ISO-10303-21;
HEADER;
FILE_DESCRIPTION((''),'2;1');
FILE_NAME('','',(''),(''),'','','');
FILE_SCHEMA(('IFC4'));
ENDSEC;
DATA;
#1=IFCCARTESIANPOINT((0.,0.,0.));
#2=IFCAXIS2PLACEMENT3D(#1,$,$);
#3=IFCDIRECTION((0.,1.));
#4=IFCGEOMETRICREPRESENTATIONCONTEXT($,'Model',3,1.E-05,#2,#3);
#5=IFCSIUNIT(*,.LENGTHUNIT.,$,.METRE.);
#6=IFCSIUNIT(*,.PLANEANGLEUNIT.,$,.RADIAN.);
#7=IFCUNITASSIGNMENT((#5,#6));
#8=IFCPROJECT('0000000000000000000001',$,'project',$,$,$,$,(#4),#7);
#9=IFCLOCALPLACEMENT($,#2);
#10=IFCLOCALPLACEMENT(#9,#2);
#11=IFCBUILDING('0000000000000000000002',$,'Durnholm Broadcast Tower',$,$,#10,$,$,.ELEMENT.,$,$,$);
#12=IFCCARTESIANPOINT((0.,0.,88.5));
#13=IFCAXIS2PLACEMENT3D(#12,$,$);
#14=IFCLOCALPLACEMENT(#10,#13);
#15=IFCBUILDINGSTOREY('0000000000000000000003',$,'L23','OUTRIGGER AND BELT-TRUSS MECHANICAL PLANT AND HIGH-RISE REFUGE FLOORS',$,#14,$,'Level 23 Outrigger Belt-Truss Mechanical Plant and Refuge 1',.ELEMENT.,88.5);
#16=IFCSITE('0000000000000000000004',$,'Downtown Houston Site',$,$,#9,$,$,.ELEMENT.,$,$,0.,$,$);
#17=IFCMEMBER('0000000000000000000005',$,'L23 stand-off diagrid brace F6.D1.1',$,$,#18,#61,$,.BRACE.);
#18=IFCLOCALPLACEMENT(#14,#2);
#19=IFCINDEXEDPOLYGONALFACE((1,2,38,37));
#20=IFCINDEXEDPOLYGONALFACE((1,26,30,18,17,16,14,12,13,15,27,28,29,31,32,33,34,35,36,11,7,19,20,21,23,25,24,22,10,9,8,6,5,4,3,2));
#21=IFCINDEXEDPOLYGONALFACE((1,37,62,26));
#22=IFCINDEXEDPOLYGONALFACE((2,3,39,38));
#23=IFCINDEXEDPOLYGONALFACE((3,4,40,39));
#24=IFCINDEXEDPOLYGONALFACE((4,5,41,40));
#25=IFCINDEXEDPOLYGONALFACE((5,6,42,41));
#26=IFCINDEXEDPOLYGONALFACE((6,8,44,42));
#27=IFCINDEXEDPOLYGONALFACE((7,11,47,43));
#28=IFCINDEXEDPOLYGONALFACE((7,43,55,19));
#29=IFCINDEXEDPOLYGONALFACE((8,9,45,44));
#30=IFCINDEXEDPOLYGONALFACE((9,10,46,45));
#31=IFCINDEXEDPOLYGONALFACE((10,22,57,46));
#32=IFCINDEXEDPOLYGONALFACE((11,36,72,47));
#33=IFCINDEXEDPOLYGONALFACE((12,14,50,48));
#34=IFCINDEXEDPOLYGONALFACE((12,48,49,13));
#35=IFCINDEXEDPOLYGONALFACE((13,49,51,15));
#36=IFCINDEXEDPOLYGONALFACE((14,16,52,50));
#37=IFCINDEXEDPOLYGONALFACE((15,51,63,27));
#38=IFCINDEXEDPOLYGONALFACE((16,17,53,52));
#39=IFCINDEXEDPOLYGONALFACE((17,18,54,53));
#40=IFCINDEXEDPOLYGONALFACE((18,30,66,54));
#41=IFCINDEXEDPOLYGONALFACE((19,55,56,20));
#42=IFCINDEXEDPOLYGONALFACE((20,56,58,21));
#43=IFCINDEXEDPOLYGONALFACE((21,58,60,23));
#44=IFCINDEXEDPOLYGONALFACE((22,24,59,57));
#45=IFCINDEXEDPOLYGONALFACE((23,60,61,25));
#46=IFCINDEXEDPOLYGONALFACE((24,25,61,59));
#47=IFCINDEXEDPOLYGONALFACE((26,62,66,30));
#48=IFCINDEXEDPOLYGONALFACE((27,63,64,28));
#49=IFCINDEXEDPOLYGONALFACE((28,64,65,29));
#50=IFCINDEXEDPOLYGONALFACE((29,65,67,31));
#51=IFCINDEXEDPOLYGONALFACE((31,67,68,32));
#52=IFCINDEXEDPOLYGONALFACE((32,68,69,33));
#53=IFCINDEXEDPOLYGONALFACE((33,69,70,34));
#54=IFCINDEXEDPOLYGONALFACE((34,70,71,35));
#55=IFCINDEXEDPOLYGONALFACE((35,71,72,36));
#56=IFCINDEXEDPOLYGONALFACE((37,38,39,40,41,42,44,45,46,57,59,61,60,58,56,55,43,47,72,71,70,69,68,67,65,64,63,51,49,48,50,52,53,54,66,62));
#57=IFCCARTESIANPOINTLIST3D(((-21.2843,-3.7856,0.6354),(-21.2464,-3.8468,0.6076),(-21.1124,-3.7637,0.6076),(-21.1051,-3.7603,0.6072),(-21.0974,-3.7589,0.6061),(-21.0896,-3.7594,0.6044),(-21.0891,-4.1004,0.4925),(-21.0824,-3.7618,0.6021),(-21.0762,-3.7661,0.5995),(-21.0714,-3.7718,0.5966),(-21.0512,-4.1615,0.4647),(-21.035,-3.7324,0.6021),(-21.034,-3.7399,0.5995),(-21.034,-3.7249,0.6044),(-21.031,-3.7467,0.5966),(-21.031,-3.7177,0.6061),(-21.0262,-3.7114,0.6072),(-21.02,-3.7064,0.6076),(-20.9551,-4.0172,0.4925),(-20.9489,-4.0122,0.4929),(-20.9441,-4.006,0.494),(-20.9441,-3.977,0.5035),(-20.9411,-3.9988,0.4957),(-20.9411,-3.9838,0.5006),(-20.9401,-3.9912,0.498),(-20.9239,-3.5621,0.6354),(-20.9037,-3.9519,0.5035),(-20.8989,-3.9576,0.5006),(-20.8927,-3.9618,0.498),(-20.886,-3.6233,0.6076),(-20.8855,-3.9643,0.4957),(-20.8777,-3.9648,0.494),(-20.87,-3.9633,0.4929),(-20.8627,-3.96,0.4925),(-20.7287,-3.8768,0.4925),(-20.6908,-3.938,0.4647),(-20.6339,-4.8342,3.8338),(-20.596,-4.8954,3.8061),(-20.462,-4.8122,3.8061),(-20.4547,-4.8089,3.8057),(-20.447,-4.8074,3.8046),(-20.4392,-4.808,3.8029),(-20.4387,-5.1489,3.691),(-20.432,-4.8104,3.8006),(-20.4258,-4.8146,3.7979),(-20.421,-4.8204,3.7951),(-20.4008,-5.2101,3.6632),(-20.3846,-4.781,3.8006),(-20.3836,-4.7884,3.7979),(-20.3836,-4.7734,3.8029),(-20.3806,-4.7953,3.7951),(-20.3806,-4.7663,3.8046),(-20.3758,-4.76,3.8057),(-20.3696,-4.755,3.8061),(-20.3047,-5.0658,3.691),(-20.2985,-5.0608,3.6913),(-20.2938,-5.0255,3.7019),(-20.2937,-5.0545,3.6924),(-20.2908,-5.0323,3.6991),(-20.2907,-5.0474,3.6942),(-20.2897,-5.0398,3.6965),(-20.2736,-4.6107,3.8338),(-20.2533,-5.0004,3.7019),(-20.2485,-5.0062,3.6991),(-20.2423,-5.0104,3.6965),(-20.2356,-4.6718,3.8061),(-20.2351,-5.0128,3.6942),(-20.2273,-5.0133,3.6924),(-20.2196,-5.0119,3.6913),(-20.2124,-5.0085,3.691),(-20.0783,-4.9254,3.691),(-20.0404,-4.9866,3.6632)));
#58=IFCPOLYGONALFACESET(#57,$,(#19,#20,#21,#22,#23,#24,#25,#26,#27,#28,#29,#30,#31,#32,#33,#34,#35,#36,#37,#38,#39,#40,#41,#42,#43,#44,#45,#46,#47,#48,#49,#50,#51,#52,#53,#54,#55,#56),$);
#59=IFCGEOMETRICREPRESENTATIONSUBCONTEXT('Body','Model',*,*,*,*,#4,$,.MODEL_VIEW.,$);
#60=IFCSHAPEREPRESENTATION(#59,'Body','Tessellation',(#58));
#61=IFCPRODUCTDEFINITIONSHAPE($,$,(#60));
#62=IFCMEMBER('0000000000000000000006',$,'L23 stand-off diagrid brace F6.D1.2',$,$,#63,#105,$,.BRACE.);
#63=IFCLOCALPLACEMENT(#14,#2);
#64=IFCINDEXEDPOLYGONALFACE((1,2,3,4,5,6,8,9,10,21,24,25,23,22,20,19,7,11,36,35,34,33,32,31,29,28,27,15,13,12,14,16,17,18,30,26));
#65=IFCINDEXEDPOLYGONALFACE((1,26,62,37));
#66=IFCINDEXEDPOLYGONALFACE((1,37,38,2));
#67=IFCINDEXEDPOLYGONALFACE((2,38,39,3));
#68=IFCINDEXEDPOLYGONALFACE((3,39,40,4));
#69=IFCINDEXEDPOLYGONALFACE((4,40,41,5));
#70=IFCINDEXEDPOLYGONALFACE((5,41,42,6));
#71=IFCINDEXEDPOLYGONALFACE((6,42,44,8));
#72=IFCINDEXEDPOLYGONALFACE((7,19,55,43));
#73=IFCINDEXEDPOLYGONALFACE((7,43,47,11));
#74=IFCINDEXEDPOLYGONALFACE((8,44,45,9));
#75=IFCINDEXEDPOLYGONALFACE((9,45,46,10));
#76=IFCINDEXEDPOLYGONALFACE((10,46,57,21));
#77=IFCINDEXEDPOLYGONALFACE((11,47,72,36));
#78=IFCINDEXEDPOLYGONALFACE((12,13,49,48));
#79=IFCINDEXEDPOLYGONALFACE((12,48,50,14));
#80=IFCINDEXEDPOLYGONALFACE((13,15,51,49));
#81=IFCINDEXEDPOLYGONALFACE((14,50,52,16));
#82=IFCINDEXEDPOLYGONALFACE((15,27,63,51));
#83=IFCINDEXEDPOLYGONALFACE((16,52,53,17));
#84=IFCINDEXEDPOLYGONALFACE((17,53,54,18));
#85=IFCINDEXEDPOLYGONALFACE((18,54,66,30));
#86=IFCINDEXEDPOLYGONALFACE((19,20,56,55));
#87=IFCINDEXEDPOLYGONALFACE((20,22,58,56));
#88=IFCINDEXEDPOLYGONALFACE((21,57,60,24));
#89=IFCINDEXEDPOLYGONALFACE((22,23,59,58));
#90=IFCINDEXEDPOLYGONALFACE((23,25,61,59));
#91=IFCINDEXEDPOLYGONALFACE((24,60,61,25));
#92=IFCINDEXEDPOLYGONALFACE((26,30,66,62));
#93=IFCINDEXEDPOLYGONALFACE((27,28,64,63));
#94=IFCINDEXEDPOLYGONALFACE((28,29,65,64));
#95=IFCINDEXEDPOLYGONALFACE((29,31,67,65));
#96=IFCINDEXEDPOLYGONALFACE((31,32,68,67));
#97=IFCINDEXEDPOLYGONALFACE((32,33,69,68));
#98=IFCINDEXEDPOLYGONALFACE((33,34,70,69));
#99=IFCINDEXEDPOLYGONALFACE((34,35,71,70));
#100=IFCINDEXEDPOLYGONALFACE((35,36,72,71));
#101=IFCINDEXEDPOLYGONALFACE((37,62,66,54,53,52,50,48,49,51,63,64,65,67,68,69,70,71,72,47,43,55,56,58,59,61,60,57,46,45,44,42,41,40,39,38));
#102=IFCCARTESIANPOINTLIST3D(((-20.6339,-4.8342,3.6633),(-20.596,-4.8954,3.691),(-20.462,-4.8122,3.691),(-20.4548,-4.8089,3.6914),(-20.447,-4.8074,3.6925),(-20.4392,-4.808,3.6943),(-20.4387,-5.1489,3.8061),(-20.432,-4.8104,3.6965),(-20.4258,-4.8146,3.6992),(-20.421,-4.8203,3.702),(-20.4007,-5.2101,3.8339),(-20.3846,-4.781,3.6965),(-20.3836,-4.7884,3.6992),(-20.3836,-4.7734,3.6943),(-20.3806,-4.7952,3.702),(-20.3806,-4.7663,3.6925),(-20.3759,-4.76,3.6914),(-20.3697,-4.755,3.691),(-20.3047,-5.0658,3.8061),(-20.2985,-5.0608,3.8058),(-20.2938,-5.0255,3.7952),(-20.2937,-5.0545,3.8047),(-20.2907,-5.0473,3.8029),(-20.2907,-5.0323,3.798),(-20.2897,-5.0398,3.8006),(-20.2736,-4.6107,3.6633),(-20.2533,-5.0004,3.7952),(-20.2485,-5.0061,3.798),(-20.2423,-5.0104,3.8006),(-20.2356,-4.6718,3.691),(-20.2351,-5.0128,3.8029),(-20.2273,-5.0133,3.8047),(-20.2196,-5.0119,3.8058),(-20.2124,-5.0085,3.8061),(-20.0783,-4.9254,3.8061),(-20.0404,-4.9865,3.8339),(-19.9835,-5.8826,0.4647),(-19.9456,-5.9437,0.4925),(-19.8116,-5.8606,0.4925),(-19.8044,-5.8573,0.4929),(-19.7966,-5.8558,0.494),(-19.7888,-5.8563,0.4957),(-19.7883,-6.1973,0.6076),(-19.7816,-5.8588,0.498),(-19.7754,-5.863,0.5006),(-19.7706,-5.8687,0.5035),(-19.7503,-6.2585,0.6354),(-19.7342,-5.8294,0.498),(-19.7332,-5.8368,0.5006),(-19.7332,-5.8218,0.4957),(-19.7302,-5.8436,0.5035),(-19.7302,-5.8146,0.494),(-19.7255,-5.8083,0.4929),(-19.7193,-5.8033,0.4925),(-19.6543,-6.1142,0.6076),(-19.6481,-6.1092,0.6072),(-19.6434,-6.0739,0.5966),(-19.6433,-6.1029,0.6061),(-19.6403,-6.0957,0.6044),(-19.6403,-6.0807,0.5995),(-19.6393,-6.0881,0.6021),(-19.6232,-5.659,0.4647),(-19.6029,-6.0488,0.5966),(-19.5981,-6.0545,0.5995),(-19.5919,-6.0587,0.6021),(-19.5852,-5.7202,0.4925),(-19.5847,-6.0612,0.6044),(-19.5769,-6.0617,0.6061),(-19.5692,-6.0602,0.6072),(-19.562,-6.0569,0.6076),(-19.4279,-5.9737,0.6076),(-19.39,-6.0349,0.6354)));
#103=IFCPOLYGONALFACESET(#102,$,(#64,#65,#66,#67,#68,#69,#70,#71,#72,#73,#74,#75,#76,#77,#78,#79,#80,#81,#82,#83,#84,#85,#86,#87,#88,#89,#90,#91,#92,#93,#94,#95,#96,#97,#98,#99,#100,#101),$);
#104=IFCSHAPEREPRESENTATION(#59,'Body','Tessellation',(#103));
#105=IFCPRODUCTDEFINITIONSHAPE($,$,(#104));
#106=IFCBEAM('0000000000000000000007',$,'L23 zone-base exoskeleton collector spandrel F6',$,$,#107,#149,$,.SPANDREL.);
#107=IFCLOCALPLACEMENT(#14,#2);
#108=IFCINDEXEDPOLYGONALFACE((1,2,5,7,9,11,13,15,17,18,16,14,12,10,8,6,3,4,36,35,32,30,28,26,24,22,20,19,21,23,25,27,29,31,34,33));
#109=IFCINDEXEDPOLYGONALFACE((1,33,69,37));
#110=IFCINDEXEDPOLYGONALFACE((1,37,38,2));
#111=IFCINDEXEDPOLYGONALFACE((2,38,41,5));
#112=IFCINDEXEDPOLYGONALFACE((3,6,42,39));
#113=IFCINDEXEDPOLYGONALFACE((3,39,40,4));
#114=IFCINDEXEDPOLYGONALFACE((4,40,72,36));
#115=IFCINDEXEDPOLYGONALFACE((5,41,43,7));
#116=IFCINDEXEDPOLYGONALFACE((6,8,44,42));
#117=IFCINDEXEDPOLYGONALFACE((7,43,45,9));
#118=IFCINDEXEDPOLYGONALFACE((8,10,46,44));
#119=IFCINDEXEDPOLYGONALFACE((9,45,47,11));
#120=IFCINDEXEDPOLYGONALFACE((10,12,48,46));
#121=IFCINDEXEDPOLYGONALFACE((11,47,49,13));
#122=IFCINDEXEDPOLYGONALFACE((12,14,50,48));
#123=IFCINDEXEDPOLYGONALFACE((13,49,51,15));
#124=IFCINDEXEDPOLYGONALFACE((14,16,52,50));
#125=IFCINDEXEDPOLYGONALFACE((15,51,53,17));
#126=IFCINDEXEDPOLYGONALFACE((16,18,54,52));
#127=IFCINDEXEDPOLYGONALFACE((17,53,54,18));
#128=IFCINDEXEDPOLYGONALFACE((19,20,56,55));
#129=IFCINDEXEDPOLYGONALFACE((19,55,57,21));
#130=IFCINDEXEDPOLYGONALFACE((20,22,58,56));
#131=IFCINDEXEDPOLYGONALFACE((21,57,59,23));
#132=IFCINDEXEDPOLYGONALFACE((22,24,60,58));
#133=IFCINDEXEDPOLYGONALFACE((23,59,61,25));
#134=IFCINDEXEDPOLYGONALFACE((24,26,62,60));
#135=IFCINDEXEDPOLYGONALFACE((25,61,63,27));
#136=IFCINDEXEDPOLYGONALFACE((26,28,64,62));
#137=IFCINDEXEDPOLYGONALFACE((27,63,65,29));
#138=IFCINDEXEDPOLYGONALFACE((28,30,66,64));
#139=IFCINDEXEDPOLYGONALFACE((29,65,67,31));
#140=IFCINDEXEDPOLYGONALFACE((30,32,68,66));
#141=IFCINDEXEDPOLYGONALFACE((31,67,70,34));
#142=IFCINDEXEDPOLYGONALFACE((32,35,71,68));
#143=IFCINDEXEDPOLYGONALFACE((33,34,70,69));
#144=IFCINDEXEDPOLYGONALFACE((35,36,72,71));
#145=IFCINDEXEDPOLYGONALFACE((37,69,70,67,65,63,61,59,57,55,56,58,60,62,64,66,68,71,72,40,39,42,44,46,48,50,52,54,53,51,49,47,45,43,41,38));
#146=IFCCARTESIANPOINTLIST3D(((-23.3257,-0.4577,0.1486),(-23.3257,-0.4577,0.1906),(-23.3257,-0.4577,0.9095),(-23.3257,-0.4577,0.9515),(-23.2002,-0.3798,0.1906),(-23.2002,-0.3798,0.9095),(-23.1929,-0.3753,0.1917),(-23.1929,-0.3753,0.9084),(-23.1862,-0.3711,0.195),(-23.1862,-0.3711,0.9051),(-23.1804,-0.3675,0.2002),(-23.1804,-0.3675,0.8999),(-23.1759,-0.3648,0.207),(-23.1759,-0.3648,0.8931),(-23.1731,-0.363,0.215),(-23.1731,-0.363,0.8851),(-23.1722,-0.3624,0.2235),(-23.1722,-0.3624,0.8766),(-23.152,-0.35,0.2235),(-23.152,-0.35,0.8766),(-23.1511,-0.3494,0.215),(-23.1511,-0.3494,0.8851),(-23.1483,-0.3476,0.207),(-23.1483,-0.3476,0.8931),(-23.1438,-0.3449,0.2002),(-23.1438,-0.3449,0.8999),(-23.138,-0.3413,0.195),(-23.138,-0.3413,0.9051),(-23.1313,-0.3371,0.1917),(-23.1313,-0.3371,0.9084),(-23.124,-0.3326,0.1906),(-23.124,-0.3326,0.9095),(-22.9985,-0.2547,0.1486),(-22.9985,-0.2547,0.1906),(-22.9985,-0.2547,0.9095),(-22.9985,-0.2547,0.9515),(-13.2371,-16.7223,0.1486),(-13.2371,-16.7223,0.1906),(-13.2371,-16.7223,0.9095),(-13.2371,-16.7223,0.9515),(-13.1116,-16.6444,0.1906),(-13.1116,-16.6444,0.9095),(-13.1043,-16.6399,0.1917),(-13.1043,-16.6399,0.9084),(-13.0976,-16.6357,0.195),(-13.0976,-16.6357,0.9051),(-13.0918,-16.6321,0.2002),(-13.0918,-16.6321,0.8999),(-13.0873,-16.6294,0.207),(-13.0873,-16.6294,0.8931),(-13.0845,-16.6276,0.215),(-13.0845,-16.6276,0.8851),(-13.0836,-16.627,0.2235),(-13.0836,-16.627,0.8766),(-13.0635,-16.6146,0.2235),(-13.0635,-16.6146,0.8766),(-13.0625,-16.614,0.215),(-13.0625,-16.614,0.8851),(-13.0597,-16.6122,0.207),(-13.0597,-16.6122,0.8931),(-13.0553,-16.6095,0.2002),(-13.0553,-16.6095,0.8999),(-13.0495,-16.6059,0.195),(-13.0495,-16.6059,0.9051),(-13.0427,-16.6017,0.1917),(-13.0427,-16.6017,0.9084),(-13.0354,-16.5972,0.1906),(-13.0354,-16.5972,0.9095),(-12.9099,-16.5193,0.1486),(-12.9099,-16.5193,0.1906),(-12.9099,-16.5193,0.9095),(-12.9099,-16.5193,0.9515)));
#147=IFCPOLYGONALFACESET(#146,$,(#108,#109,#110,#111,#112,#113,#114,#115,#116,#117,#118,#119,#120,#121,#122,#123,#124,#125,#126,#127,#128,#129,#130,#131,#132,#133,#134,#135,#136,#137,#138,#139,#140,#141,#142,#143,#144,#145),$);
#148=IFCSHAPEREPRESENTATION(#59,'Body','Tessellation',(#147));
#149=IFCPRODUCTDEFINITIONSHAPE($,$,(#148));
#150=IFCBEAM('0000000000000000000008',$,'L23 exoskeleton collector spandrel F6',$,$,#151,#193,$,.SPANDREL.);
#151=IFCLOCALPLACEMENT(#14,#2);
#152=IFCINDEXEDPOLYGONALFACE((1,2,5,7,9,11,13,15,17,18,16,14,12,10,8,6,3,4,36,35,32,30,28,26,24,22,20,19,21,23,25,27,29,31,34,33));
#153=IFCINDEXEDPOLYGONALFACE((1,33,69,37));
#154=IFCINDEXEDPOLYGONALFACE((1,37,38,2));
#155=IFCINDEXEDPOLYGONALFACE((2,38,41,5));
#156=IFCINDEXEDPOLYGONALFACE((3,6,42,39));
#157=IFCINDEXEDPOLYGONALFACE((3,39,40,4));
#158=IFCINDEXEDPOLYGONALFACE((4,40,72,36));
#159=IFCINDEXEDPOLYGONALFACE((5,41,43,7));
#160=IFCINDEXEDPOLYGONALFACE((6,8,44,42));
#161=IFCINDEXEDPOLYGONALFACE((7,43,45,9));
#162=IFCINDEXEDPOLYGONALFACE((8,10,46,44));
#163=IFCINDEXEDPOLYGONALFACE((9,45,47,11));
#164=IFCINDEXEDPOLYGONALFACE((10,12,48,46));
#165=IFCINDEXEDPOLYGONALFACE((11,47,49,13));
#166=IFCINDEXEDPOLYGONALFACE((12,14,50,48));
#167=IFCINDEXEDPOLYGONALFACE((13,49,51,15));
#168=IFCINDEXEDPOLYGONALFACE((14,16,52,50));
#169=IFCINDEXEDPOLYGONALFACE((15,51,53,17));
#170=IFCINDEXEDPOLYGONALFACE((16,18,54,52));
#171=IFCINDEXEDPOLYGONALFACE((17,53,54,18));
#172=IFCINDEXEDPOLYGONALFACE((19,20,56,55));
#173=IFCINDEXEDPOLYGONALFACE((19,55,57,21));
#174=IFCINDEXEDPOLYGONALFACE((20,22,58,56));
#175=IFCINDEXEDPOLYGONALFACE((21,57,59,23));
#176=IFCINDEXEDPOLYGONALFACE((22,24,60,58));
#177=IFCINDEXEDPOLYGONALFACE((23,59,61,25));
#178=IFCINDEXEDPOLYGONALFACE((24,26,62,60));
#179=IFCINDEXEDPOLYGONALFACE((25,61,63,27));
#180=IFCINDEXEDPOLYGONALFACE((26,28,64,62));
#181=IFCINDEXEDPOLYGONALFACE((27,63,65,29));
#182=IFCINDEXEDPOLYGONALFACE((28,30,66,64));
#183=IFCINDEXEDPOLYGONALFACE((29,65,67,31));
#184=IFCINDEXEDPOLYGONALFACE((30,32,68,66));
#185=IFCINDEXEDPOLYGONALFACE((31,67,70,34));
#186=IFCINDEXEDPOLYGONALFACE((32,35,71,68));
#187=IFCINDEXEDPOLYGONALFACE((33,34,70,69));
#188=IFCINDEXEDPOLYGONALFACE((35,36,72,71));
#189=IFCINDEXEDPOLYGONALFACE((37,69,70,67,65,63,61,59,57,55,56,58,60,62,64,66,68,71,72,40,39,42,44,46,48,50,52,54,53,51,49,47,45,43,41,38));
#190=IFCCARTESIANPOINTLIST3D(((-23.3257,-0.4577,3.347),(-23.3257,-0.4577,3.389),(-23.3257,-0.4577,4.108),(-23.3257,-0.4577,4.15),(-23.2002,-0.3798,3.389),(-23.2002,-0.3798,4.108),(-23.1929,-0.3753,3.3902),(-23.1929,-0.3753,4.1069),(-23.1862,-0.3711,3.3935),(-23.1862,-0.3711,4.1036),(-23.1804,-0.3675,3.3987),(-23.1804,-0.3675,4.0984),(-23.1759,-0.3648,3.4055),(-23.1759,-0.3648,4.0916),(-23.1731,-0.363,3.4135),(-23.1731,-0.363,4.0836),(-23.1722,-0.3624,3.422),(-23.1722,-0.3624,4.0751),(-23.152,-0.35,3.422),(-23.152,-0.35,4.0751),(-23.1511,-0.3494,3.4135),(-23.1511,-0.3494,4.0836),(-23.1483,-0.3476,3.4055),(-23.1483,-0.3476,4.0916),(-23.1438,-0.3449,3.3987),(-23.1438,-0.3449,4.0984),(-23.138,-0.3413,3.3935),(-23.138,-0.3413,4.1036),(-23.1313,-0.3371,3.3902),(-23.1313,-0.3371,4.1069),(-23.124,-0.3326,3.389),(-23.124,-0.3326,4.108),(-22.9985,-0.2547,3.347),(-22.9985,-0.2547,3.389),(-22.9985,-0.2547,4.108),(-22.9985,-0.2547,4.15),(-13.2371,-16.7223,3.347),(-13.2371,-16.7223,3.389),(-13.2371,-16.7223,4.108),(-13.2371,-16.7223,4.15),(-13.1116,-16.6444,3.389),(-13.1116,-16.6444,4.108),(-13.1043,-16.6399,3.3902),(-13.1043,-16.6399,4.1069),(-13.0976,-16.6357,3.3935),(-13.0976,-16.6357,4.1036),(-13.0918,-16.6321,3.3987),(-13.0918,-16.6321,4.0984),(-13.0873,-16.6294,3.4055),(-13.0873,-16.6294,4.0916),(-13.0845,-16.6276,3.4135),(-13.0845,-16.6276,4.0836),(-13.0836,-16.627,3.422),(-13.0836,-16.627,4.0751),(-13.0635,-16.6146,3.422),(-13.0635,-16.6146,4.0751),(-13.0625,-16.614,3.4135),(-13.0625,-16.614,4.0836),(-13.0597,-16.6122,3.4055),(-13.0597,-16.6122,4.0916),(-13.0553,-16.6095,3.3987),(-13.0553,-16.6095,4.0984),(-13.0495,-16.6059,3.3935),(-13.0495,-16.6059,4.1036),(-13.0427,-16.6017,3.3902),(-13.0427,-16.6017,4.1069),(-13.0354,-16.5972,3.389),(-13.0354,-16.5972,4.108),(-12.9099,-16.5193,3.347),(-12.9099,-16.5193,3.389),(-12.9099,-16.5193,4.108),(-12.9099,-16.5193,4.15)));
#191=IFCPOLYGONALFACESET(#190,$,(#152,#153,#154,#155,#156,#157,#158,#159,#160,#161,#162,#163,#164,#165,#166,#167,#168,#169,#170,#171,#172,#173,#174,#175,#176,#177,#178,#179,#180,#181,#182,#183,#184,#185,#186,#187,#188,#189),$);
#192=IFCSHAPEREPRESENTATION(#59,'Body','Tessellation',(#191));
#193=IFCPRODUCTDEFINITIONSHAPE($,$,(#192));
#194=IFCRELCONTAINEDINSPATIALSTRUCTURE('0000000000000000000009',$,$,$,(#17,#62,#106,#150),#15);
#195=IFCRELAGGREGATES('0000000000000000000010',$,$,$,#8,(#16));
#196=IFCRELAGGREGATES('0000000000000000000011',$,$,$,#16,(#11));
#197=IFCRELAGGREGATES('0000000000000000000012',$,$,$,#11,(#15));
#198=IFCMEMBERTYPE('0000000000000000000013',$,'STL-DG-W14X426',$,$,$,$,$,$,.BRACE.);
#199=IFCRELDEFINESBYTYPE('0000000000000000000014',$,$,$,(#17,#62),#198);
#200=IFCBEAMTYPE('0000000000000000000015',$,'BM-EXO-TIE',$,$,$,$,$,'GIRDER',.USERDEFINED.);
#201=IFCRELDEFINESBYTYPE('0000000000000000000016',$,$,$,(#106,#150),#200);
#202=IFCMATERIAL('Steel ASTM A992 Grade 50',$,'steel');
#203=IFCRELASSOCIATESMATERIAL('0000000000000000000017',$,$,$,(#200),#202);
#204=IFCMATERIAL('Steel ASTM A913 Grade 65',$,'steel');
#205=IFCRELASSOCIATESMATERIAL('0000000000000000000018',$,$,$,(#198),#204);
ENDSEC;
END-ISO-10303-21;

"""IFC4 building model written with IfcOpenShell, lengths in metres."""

from ifc_helpers import new_model, si_unit, direction, frame, origin, origin_2d, place, context, subcontext, project, spatial, i_section, extrude, source, transform, mapped, material, material_profile, profile_set, type_object, type_shapes, element, save


model = new_model("IFC4")

# Units and contexts
model_context = context("Model", 3, precision=1e-05, world=origin(), true_north=direction((0.0, 1.0)))
body_context = subcontext(model_context, "Body", "Model", "MODEL_VIEW")
ifc_project = project(units=[si_unit("LENGTHUNIT", "METRE"), si_unit("PLANEANGLEUNIT", "RADIAN")], contexts=[model_context])

# Site, building, storey
site_placement = place(None, origin())
site = spatial("IfcSite", under=ifc_project, at=site_placement, Name="Downtown Houston Site", CompositionType="ELEMENT", RefElevation=0.0)
building_placement = place(site_placement, origin())
building = spatial("IfcBuilding", under=site, at=building_placement, Name="Durnholm Broadcast Tower", CompositionType="ELEMENT")
storey_placement = place(building_placement, frame((0.0, 0.0, 88.5)))
storey = spatial("IfcBuildingStorey", under=building, at=storey_placement, Name="L23", Description="OUTRIGGER AND BELT-TRUSS MECHANICAL PLANT AND HIGH-RISE REFUGE FLOORS", LongName="Level 23 Outrigger Belt-Truss Mechanical Plant and Refuge 1", CompositionType="ELEMENT", Elevation=88.5)

# Shared definitions
ifc_material_1 = material(Name="Steel ASTM A992 Grade 50", Category="steel")
ifc_material_profile_1 = material_profile(ifc_material_1, i_section(OverallWidth=0.385, OverallDepth=0.803, WebThickness=0.0237, FlangeThickness=0.042, FilletRadius=0.033, at=origin_2d()), Name="W30X261")
ifc_profile_set_1 = profile_set([ifc_material_profile_1], Name="Steel ASTM A992 Grade 50")
beam_type = type_object("IfcBeamType", Name="BM-EXO-TIE", ElementType="GIRDER", PredefinedType="USERDEFINED", material=ifc_profile_set_1)

# Members
ifc_material_2 = material(Name="Steel ASTM A913 Grade 65", Category="steel")
ifc_material_profile_2 = material_profile(ifc_material_2, i_section(OverallWidth=0.4241, OverallDepth=0.4741, WebThickness=0.0476, FlangeThickness=0.0771, FilletRadius=0.0305, at=origin_2d()), Name="W14X426")
ifc_profile_set_2 = profile_set([ifc_material_profile_2], Name="Steel ASTM A913 Grade 65")
member_type_1 = type_object("IfcMemberType", Name="STL-DG-W14X426", PredefinedType="BRACE", material=ifc_profile_set_2)
shared_shape_1 = source(origin(), body_context, "Body", "SweptSolid", [
    extrude(i_section(OverallWidth=0.4241, OverallDepth=0.4741, WebThickness=0.0476, FlangeThickness=0.0771, FilletRadius=0.0305, at=origin_2d()), origin(), (0.0, 0.0, 1.0), 3.4282),
])
type_shapes(member_type_1, [shared_shape_1])
for number, where, z_axis, x_axis, name in (
    (1, (-20.9875, -3.8618, 0.55), (0.189715, -0.305866, 0.932981), (0.849805, 0.527097, 0.0), "L23 stand-off diagrid brace F6.D1.1"),
    (2, (-19.6868, -5.9587, 0.55), (-0.18972, 0.305802, 0.933001), (-0.84975, -0.527186, 0.0), "L23 stand-off diagrid brace F6.D1.2"),
):
    element("IfcMember", number, at=place(storey_placement, frame(where, z_axis=z_axis, x_axis=x_axis)), inside=storey, type_object=member_type_1, Name=name, PredefinedType="BRACE", context=body_context, shape_type="MappedRepresentation", body=[
        mapped(shared_shape_1, transform((0.0, 0.0, 0.0), x_axis=(1.0, 0.0, 0.0), y_axis=(0.0, 1.0, 0.0), z_axis=(0.0, 0.0, 1.0), scale=1.0)),
    ])

# Beams
shared_shape_2 = source(origin(), body_context, "Body", "SweptSolid", [
    extrude(i_section(OverallWidth=0.385, OverallDepth=0.803, WebThickness=0.0237, FlangeThickness=0.042, FilletRadius=0.033, at=origin_2d()), origin(), (0.0, 0.0, 1.0), 19.1394),
])
for number, where, z_axis, x_axis, name in (
    (3, (-23.1621, -0.3562, 0.55), (0.527111, -0.849796, 0.0), (0.849796, 0.527111, 0.0), "L23 zone-base exoskeleton collector spandrel F6"),
    (4, (-23.1621, -0.3562, 3.7485), (0.527111, -0.849796, 0.0), (0.849796, 0.527111, 0.0), "L23 exoskeleton collector spandrel F6"),
):
    element("IfcBeam", number, at=place(storey_placement, frame(where, z_axis=z_axis, x_axis=x_axis)), inside=storey, type_object=beam_type, Name=name, PredefinedType="SPANDREL", context=body_context, shape_type="MappedRepresentation", body=[
        mapped(shared_shape_2, transform((0.0, 0.0, 0.0), x_axis=(1.0, 0.0, 0.0), y_axis=(0.0, 1.0, 0.0), z_axis=(0.0, 0.0, 1.0), scale=1.0)),
    ])

save(model, "model.ifc")
